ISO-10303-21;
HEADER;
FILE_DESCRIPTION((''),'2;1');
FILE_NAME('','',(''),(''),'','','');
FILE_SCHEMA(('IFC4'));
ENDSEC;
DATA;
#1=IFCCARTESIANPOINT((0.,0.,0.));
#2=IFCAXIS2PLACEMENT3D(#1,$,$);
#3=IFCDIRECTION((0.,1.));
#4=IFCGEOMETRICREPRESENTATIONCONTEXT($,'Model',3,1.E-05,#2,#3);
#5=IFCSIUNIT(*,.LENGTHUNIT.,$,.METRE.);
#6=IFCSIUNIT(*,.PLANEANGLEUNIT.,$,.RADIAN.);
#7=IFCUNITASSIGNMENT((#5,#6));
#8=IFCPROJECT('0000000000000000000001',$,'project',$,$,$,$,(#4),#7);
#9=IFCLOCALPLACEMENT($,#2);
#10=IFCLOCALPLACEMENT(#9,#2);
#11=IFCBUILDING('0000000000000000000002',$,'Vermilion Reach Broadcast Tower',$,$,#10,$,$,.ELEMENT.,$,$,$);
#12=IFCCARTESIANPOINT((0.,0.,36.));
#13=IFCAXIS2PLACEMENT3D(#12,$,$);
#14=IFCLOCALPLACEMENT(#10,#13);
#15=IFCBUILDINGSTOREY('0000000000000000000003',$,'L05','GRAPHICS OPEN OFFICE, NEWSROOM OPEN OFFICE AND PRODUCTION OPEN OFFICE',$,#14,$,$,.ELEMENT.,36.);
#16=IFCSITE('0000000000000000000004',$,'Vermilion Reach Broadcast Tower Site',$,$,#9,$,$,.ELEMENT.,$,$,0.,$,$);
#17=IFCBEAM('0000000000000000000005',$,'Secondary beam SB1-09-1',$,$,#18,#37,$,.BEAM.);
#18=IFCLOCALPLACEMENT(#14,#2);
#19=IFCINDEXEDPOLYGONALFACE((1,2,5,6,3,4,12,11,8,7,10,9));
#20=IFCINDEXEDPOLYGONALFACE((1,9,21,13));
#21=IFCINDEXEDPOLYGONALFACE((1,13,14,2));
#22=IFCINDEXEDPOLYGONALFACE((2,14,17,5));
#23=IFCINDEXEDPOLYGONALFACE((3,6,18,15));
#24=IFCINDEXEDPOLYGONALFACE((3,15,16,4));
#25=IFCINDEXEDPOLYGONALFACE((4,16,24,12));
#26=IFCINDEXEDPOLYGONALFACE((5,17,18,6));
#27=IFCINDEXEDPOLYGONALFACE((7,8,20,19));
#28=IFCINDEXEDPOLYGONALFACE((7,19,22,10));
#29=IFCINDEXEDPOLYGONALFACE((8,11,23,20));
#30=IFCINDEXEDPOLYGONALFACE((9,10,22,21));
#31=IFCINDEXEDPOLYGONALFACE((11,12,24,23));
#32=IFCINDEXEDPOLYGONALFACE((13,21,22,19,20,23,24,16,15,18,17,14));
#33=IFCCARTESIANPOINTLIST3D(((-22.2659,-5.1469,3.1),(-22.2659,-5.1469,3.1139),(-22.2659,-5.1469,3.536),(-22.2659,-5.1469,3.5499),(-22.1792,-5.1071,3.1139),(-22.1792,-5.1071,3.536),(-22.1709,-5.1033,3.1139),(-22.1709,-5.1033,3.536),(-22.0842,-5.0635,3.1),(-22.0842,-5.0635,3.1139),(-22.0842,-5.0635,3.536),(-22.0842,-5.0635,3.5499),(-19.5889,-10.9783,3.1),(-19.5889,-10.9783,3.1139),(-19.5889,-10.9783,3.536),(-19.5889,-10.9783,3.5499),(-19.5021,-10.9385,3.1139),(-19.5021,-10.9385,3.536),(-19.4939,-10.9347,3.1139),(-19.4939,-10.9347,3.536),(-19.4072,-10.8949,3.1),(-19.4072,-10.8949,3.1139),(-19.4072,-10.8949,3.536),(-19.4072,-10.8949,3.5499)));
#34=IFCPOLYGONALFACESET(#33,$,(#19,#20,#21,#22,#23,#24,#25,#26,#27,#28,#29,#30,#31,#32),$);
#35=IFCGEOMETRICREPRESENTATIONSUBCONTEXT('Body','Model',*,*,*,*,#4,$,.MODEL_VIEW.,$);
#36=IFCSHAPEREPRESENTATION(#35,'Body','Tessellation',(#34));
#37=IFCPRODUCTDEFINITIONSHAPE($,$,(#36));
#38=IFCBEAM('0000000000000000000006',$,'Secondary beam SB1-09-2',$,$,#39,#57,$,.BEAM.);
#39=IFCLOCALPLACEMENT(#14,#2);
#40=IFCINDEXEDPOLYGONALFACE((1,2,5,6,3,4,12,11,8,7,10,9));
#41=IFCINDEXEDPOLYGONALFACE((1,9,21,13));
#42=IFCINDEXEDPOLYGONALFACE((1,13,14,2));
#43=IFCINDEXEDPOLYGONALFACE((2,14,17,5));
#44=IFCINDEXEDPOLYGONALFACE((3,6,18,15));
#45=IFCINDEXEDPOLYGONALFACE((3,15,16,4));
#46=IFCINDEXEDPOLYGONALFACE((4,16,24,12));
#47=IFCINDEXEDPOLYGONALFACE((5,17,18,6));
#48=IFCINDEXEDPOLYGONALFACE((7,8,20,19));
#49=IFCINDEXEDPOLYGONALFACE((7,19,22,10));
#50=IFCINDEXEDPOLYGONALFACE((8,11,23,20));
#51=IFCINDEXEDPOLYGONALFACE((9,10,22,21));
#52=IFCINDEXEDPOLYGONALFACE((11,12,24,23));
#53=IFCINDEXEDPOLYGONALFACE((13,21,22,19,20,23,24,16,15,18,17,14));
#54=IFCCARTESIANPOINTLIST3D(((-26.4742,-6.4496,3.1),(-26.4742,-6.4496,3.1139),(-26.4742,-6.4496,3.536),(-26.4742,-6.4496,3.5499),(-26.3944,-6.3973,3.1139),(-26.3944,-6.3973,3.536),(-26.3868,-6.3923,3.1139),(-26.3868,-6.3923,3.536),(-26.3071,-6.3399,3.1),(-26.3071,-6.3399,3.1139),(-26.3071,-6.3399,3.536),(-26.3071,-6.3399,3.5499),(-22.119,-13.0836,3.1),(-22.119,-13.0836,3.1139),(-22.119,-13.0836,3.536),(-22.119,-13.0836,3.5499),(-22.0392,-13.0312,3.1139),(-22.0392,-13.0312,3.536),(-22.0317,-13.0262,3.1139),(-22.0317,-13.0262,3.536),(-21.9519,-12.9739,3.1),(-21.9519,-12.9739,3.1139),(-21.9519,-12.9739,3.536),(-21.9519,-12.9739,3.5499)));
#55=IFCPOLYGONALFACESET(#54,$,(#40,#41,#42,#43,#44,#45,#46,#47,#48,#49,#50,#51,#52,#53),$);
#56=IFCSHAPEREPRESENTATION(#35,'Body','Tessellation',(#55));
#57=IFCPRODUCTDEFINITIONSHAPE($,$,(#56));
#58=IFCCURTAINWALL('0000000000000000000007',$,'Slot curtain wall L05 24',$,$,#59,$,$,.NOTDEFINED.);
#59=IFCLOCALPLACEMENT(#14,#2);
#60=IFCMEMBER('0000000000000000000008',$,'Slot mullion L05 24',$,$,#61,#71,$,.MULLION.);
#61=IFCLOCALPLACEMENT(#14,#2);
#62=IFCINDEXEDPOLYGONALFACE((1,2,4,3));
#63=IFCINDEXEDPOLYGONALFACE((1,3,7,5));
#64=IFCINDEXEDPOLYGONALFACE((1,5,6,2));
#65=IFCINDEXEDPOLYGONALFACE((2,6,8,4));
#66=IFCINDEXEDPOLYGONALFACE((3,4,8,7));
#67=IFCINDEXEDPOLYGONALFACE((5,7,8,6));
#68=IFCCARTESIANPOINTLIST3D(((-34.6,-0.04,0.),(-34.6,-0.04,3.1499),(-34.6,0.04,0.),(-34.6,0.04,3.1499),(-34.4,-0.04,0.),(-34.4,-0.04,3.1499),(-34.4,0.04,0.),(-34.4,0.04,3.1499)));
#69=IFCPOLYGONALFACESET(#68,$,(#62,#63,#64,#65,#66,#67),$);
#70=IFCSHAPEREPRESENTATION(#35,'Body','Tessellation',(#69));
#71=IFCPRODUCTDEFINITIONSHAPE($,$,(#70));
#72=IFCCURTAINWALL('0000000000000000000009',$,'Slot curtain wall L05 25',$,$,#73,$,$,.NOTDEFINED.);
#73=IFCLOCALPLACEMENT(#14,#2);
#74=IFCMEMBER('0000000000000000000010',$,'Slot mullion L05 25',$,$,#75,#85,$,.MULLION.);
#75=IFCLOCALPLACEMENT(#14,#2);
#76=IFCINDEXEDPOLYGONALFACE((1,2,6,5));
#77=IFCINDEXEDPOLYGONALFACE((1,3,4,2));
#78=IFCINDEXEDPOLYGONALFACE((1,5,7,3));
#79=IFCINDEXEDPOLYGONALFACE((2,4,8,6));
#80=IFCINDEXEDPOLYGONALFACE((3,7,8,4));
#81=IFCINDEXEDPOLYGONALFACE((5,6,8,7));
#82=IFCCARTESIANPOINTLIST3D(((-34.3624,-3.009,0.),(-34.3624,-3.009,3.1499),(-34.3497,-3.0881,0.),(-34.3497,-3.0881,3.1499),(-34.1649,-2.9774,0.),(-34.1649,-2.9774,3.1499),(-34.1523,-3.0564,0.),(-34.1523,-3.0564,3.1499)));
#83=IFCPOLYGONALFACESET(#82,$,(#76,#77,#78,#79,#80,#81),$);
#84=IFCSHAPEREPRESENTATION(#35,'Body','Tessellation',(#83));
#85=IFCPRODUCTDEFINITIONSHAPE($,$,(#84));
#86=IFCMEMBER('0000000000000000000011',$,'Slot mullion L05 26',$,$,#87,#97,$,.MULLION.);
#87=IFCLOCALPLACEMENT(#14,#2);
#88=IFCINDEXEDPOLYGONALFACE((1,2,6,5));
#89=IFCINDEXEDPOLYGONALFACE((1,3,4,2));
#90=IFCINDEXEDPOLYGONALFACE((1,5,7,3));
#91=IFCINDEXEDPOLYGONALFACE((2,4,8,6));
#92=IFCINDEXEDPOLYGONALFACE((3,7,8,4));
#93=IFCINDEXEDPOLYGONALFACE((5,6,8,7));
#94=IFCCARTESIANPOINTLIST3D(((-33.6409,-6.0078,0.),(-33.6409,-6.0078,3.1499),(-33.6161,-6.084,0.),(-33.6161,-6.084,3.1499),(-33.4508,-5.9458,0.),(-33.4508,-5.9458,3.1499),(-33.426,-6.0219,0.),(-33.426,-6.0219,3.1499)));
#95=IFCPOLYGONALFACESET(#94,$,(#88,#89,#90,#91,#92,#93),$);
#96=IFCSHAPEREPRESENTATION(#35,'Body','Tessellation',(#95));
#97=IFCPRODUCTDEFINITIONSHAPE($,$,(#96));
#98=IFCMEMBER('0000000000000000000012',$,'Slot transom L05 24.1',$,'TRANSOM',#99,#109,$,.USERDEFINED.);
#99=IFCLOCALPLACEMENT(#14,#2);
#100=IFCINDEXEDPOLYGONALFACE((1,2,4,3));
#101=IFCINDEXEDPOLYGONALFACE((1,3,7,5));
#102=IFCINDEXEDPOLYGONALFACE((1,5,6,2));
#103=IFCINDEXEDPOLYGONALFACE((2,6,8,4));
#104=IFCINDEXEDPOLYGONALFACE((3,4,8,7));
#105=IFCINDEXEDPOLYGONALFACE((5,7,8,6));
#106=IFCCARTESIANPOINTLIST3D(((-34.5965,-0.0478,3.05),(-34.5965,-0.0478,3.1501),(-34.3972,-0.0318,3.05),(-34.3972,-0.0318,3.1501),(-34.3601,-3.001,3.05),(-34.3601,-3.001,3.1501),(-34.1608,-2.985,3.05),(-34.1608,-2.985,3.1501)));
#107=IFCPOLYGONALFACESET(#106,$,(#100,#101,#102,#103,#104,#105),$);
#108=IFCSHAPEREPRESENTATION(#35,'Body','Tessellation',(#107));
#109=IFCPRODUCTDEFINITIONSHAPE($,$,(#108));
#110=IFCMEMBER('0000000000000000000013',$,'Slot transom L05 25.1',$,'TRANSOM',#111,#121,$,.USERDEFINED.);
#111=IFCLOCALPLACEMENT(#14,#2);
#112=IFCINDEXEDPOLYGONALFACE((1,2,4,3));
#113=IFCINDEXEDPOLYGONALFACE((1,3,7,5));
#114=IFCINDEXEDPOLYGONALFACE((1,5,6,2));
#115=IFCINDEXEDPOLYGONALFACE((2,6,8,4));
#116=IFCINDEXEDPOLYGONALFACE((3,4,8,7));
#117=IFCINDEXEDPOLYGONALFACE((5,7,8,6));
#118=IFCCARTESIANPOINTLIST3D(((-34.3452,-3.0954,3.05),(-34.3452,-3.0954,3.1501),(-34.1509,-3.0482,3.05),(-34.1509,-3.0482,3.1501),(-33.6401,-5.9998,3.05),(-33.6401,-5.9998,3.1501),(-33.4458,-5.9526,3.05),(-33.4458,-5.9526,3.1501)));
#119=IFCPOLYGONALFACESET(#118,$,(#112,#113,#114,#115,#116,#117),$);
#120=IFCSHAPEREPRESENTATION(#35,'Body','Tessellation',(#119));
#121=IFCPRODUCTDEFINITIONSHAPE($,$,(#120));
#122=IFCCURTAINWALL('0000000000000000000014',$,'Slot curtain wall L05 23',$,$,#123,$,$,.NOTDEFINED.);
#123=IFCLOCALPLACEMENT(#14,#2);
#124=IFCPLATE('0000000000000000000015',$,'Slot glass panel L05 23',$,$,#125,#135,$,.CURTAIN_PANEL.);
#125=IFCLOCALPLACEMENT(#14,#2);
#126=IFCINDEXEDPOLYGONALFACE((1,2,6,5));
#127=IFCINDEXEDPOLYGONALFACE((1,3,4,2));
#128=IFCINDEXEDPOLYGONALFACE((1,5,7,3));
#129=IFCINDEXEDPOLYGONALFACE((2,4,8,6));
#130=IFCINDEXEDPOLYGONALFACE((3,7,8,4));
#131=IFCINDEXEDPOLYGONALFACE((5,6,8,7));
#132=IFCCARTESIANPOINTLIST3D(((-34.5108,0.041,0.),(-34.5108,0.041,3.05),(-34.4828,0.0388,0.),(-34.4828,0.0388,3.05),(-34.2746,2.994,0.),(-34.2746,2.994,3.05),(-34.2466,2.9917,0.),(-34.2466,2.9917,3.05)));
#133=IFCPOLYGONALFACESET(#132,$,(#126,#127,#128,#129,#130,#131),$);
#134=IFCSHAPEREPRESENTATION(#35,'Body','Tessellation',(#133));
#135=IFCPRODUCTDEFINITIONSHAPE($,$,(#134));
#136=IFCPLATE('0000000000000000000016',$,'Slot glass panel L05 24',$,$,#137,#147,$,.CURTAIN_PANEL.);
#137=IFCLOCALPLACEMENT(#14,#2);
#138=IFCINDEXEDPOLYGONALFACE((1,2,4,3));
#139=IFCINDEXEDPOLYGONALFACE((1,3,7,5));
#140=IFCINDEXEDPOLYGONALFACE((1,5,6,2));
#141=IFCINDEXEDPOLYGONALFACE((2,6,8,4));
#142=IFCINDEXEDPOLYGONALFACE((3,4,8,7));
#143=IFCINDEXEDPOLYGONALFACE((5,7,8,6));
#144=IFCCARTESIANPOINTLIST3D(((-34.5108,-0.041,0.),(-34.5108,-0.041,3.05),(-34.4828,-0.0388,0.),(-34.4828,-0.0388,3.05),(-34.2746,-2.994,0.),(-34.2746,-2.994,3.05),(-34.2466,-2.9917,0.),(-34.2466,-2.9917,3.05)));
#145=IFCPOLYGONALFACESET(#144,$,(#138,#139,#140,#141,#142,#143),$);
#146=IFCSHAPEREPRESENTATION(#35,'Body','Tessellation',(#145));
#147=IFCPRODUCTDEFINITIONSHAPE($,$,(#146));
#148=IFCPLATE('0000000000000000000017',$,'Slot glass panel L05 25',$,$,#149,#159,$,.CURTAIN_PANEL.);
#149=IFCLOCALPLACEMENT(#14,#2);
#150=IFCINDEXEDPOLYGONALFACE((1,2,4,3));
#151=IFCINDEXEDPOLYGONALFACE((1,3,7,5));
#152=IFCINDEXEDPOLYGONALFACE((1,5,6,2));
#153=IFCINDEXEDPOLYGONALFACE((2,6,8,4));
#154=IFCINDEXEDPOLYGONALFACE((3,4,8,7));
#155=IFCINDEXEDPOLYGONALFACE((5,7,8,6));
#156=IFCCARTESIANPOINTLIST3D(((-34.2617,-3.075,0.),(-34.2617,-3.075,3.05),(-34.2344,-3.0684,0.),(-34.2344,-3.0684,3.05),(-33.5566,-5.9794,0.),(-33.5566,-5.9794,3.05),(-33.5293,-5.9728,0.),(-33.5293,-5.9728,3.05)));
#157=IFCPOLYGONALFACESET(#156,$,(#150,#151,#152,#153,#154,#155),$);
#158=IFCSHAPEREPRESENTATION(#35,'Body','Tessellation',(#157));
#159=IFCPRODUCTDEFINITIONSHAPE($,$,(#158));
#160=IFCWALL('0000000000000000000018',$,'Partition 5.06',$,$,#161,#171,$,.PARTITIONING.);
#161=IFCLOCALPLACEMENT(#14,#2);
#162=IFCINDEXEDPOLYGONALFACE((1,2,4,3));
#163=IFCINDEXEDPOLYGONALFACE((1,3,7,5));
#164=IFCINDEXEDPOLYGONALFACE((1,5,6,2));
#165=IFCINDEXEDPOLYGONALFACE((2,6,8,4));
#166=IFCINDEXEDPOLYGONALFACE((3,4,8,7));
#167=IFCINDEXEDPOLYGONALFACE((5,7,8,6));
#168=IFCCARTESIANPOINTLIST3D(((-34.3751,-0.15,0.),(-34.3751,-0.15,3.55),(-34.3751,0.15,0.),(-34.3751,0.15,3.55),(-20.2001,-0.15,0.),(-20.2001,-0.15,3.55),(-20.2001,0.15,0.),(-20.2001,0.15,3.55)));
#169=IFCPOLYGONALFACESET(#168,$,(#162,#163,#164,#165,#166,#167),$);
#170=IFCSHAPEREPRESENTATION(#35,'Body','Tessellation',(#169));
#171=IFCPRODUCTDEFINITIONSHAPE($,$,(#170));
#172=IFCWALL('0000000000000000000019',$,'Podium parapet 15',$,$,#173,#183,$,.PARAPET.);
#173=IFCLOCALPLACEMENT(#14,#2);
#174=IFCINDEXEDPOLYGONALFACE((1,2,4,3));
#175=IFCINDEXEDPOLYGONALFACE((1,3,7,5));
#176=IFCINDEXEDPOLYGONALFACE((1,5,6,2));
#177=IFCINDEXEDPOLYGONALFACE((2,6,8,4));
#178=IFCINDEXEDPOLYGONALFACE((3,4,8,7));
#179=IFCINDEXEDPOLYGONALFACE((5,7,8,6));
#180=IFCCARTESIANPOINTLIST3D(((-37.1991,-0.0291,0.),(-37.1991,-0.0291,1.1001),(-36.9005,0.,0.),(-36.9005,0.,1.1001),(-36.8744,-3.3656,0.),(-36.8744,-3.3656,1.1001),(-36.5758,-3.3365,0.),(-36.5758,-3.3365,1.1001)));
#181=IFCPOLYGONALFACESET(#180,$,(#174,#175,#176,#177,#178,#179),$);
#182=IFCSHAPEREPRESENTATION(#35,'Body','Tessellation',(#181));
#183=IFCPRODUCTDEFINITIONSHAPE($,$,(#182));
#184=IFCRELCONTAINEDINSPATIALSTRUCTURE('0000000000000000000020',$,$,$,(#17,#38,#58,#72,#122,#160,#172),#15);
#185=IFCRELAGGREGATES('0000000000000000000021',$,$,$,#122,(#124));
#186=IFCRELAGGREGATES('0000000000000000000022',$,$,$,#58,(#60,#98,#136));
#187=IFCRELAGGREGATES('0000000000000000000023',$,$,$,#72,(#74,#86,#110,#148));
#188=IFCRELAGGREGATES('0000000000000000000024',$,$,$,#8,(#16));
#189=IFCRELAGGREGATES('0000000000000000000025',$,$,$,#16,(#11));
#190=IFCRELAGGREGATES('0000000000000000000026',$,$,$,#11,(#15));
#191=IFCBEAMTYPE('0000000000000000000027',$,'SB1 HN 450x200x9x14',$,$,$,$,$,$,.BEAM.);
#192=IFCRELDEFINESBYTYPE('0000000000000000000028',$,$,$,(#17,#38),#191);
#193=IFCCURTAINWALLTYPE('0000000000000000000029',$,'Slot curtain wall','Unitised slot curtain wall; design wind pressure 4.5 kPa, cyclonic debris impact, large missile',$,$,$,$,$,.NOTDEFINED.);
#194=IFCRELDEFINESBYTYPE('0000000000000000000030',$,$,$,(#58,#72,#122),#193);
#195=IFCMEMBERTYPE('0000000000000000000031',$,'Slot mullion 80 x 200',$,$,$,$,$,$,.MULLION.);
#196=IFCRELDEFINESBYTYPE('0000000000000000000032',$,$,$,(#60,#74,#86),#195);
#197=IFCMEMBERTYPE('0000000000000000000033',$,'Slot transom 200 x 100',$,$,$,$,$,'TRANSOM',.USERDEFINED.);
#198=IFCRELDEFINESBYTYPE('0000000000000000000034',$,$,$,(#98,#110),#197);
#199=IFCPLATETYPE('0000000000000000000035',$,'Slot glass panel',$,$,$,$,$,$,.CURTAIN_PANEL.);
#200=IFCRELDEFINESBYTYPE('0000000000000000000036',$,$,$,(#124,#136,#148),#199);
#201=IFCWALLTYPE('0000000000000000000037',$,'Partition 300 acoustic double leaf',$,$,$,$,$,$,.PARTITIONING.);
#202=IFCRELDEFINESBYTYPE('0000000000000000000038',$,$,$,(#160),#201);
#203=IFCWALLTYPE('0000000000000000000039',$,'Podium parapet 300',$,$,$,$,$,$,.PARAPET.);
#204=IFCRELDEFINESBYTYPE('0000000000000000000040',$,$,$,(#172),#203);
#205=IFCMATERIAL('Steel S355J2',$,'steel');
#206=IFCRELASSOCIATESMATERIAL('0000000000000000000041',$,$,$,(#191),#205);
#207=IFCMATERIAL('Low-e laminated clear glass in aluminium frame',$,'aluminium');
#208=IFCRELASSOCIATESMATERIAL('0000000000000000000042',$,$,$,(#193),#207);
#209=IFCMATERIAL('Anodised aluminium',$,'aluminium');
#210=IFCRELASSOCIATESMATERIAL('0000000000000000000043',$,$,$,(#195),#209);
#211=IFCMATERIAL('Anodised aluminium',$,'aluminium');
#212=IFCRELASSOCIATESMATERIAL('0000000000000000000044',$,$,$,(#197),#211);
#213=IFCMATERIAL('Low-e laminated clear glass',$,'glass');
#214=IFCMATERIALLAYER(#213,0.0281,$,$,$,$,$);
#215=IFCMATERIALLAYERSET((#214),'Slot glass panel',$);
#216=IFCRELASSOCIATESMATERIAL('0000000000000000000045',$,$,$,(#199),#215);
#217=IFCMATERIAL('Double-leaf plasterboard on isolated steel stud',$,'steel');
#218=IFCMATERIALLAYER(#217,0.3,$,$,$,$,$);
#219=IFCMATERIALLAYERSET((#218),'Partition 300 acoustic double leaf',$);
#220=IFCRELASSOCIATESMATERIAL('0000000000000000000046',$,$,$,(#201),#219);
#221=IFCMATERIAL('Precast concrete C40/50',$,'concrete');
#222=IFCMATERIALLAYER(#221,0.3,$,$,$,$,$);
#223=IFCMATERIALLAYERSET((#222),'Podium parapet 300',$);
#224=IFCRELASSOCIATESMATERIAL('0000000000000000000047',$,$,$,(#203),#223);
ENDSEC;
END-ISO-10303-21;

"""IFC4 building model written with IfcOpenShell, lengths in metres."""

from ifc_helpers import new_model, si_unit, direction, frame, frame_2d, origin, origin_2d, place, context, subcontext, project, spatial, rectangle, i_section, extrude, material, layer, layer_set, material_profile, profile_set, type_object, element, aggregate, save


model = new_model("IFC4")

# Units and contexts
model_context = context("Model", 3, precision=1e-05, world=origin(), true_north=direction((0.0, 1.0)))
body_context = subcontext(model_context, "Body", "Model", "MODEL_VIEW")
ifc_project = project(units=[si_unit("LENGTHUNIT", "METRE"), si_unit("PLANEANGLEUNIT", "RADIAN")], contexts=[model_context])

# Site, building, storey
site_placement = place(None, origin())
site = spatial("IfcSite", under=ifc_project, at=site_placement, Name="Vermilion Reach Broadcast Tower Site", CompositionType="ELEMENT", RefElevation=0.0)
building_placement = place(site_placement, origin())
building = spatial("IfcBuilding", under=site, at=building_placement, Name="Vermilion Reach Broadcast Tower", CompositionType="ELEMENT")
storey_placement = place(building_placement, frame((0.0, 0.0, 36.0)))
storey = spatial("IfcBuildingStorey", under=building, at=storey_placement, Name="L05", Description="GRAPHICS OPEN OFFICE, NEWSROOM OPEN OFFICE AND PRODUCTION OPEN OFFICE", CompositionType="ELEMENT", Elevation=36.0)

# Beams
ifc_material_1 = material(Name="Steel S355J2", Category="steel")
ifc_material_profile_1 = material_profile(ifc_material_1, i_section(OverallWidth=0.2, OverallDepth=0.45, WebThickness=0.009, FlangeThickness=0.0139, at=origin_2d()), Name="S355J2 HN 450x200x9x14")
ifc_profile_set_1 = profile_set([ifc_material_profile_1], Name="Steel S355J2")
beam_type_1 = type_object("IfcBeamType", Name="SB1 HN 450x200x9x14", PredefinedType="BEAM", material=ifc_profile_set_1)
beam_1_placement = place(storey_placement, frame((-22.175, -5.1052, 3.325), z_axis=(0.417211, -0.908809, 0.0), x_axis=(0.908809, 0.417211, 0.0)))
element("IfcBeam", 1, at=beam_1_placement, inside=storey, type_object=beam_type_1, Name="Secondary beam SB1-09-1", PredefinedType="BEAM", context=body_context, shape_type="SweptSolid", body=[
    extrude(i_section(OverallWidth=0.2, OverallDepth=0.45, WebThickness=0.009, FlangeThickness=0.0139, at=origin_2d()), origin(), (0.0, 0.0, 1.0), 6.4165),
])
beam_2_placement = place(storey_placement, frame((-26.3906, -6.3948, 3.325), z_axis=(0.548801, -0.835953, 0.0), x_axis=(0.835953, 0.548801, 0.0)))
element("IfcBeam", 2, at=beam_2_placement, inside=storey, type_object=beam_type_1, Name="Secondary beam SB1-09-2", PredefinedType="BEAM", context=body_context, shape_type="SweptSolid", body=[
    extrude(i_section(OverallWidth=0.2, OverallDepth=0.45, WebThickness=0.009, FlangeThickness=0.0139, at=origin_2d()), origin(), (0.0, 0.0, 1.0), 7.9358),
])

# Curtain wall, member
ifc_material_2 = material(Name="Low-e laminated clear glass in aluminium frame", Category="aluminium")
curtain_wall_type = type_object("IfcCurtainWallType", Name="Slot curtain wall", Description="Unitised slot curtain wall; design wind pressure 4.5 kPa, cyclonic debris impact, large missile", PredefinedType="NOTDEFINED", material=ifc_material_2)
placement = place(storey_placement, origin())
curtain_wall_1 = element("IfcCurtainWall", 3, at=placement, inside=storey, type_object=curtain_wall_type, Name="Slot curtain wall L05 24", PredefinedType="NOTDEFINED")
ifc_material_3 = material(Name="Anodised aluminium", Category="aluminium")
ifc_material_profile_2 = material_profile(ifc_material_3, rectangle(XDim=0.2, YDim=0.0801, at=origin_2d()), Name="Slot mullion 80 x 200")
ifc_profile_set_2 = profile_set([ifc_material_profile_2], Name="Anodised aluminium")
member_type_1 = type_object("IfcMemberType", Name="Slot mullion 80 x 200", PredefinedType="MULLION", material=ifc_profile_set_2)
member_1_placement = place(storey_placement, frame((-34.5, 0.0, 0.0), z_axis=(0.0, 0.0, 1.0), x_axis=(1.0, 0.0, 0.0)))
member_1 = element("IfcMember", 4, at=member_1_placement, type_object=member_type_1, Name="Slot mullion L05 24", PredefinedType="MULLION", context=body_context, shape_type="SweptSolid", body=[
    extrude(rectangle(XDim=0.2, YDim=0.0801, at=origin_2d()), origin(), (0.0, 0.0, 1.0), 3.1499),
])

# Curtain wall, members
curtain_wall_2 = element("IfcCurtainWall", 5, at=placement, inside=storey, type_object=curtain_wall_type, Name="Slot curtain wall L05 25", PredefinedType="NOTDEFINED")
member_2_placement = place(storey_placement, frame((-34.2573, -3.0327, 0.0), z_axis=(0.0, 0.0, 1.0), x_axis=(0.987389, 0.158311, 0.0)))
member_2 = element("IfcMember", 6, at=member_2_placement, type_object=member_type_1, Name="Slot mullion L05 25", PredefinedType="MULLION", context=body_context, shape_type="SweptSolid", body=[
    extrude(rectangle(XDim=0.2, YDim=0.0801, at=origin_2d()), origin(), (0.0, 0.0, 1.0), 3.1499),
])
member_3_placement = place(storey_placement, frame((-33.5334, -6.0149, 0.0), z_axis=(0.0, 0.0, 1.0), x_axis=(0.95066, 0.310236, 0.0)))
member_3 = element("IfcMember", 7, at=member_3_placement, type_object=member_type_1, Name="Slot mullion L05 26", PredefinedType="MULLION", context=body_context, shape_type="SweptSolid", body=[
    extrude(rectangle(XDim=0.2, YDim=0.0801, at=origin_2d()), origin(), (0.0, 0.0, 1.0), 3.1499),
])

# Members
ifc_material_4 = material(Name="Anodised aluminium", Category="aluminium")
ifc_material_profile_3 = material_profile(ifc_material_4, rectangle(XDim=0.2, YDim=0.1001, at=origin_2d()), Name="Slot transom 200 x 100")
ifc_profile_set_3 = profile_set([ifc_material_profile_3], Name="Anodised aluminium")
member_type_2 = type_object("IfcMemberType", Name="Slot transom 200 x 100", ElementType="TRANSOM", PredefinedType="USERDEFINED", material=ifc_profile_set_3)
member_4_placement = place(storey_placement, frame((-34.4968, -0.0398, 3.1001), z_axis=(0.079771, -0.996813, 0.0), x_axis=(0.996813, 0.079771, 0.0)))
member_4 = element("IfcMember", 8, at=member_4_placement, type_object=member_type_2, Name="Slot transom L05 24.1", ObjectType="TRANSOM", PredefinedType="USERDEFINED", context=body_context, shape_type="SweptSolid", body=[
    extrude(rectangle(XDim=0.2, YDim=0.1001, at=origin_2d()), origin(), (0.0, 0.0, 1.0), 2.9626),
])
member_5_placement = place(storey_placement, frame((-34.248, -3.0718, 3.1001), z_axis=(0.235918, -0.971773, 0.0), x_axis=(0.971773, 0.235918, 0.0)))
member_5 = element("IfcMember", 9, at=member_5_placement, type_object=member_type_2, Name="Slot transom L05 25.1", ObjectType="TRANSOM", PredefinedType="USERDEFINED", context=body_context, shape_type="SweptSolid", body=[
    extrude(rectangle(XDim=0.2, YDim=0.1001, at=origin_2d()), origin(), (0.0, 0.0, 1.0), 2.9888),
])

# Curtain wall, plate
curtain_wall_3 = element("IfcCurtainWall", 10, at=placement, inside=storey, type_object=curtain_wall_type, Name="Slot curtain wall L05 23", PredefinedType="NOTDEFINED")
ifc_material_5 = material(Name="Low-e laminated clear glass", Category="glass")
ifc_layer_1 = layer(ifc_material_5, 0.0281)
ifc_layer_set_1 = layer_set([ifc_layer_1], Name="Slot glass panel")
plate_type = type_object("IfcPlateType", Name="Slot glass panel", PredefinedType="CURTAIN_PANEL", material=ifc_layer_set_1)
plate_1_placement = place(storey_placement, frame((-34.3787, 1.5164, 0.0), z_axis=(0.0, 0.0, 1.0), x_axis=(-0.079733, -0.996816, 0.0)))
plate_1 = element("IfcPlate", 11, at=plate_1_placement, type_object=plate_type, Name="Slot glass panel L05 23", PredefinedType="CURTAIN_PANEL", context=body_context, shape_type="SweptSolid", body=[
    extrude(rectangle(XDim=2.9624, YDim=0.0281, at=origin_2d()), origin(), (0.0, 0.0, 1.0), 3.05),
])
aggregate(curtain_wall_3, [plate_1])

# Plates
plate_2_placement = place(storey_placement, frame((-34.3787, -1.5164, 0.0), z_axis=(0.0, 0.0, 1.0), x_axis=(0.079733, -0.996816, 0.0)))
plate_2 = element("IfcPlate", 12, at=plate_2_placement, type_object=plate_type, Name="Slot glass panel L05 24", PredefinedType="CURTAIN_PANEL", context=body_context, shape_type="SweptSolid", body=[
    extrude(rectangle(XDim=2.9624, YDim=0.0281, at=origin_2d()), origin(), (0.0, 0.0, 1.0), 3.05),
])
aggregate(curtain_wall_1, [member_1, member_4, plate_2])
plate_3_placement = place(storey_placement, frame((-33.8955, -4.5239, 0.0), z_axis=(0.0, 0.0, 1.0), x_axis=(0.235897, -0.971778, 0.0)))
plate_3 = element("IfcPlate", 13, at=plate_3_placement, type_object=plate_type, Name="Slot glass panel L05 25", PredefinedType="CURTAIN_PANEL", context=body_context, shape_type="SweptSolid", body=[
    extrude(rectangle(XDim=2.9888, YDim=0.0281, at=origin_2d()), origin(), (0.0, 0.0, 1.0), 3.05),
])
aggregate(curtain_wall_2, [member_2, member_3, member_5, plate_3])

# Walls
ifc_material_6 = material(Name="Double-leaf plasterboard on isolated steel stud", Category="steel")
ifc_layer_2 = layer(ifc_material_6, 0.3)
ifc_layer_set_2 = layer_set([ifc_layer_2], Name="Partition 300 acoustic double leaf")
wall_type_1 = type_object("IfcWallType", Name="Partition 300 acoustic double leaf", PredefinedType="PARTITIONING", material=ifc_layer_set_2)
wall_1_placement = place(storey_placement, frame((-34.375, 0.0, 0.0), z_axis=(0.0, 0.0, 1.0), x_axis=(1.0, 0.0, 0.0)))
element("IfcWall", 14, at=wall_1_placement, inside=storey, type_object=wall_type_1, Name="Partition 5.06", PredefinedType="PARTITIONING", context=body_context, shape_type="SweptSolid", body=[
    extrude(rectangle(XDim=14.175, YDim=0.3, at=frame_2d((7.0874, 0.0))), origin(), (0.0, 0.0, 1.0), 3.55),
])
ifc_material_7 = material(Name="Precast concrete C40/50", Category="concrete")
ifc_layer_3 = layer(ifc_material_7, 0.3)
ifc_layer_set_3 = layer_set([ifc_layer_3], Name="Podium parapet 300")
wall_type_2 = type_object("IfcWallType", Name="Podium parapet 300", PredefinedType="PARAPET", material=ifc_layer_set_3)
wall_2_placement = place(storey_placement, frame((-37.0498, -0.0144, 0.0), z_axis=(0.0, 0.0, 1.0), x_axis=(0.096864, -0.995298, 0.0)))
element("IfcWall", 15, at=wall_2_placement, inside=storey, type_object=wall_type_2, Name="Podium parapet 15", PredefinedType="PARAPET", context=body_context, shape_type="SweptSolid", body=[
    extrude(rectangle(XDim=3.3523, YDim=0.3, at=frame_2d((1.6763, 0.0))), origin(), (0.0, 0.0, 1.0), 1.1001),
])

save(model, "model.ifc")
